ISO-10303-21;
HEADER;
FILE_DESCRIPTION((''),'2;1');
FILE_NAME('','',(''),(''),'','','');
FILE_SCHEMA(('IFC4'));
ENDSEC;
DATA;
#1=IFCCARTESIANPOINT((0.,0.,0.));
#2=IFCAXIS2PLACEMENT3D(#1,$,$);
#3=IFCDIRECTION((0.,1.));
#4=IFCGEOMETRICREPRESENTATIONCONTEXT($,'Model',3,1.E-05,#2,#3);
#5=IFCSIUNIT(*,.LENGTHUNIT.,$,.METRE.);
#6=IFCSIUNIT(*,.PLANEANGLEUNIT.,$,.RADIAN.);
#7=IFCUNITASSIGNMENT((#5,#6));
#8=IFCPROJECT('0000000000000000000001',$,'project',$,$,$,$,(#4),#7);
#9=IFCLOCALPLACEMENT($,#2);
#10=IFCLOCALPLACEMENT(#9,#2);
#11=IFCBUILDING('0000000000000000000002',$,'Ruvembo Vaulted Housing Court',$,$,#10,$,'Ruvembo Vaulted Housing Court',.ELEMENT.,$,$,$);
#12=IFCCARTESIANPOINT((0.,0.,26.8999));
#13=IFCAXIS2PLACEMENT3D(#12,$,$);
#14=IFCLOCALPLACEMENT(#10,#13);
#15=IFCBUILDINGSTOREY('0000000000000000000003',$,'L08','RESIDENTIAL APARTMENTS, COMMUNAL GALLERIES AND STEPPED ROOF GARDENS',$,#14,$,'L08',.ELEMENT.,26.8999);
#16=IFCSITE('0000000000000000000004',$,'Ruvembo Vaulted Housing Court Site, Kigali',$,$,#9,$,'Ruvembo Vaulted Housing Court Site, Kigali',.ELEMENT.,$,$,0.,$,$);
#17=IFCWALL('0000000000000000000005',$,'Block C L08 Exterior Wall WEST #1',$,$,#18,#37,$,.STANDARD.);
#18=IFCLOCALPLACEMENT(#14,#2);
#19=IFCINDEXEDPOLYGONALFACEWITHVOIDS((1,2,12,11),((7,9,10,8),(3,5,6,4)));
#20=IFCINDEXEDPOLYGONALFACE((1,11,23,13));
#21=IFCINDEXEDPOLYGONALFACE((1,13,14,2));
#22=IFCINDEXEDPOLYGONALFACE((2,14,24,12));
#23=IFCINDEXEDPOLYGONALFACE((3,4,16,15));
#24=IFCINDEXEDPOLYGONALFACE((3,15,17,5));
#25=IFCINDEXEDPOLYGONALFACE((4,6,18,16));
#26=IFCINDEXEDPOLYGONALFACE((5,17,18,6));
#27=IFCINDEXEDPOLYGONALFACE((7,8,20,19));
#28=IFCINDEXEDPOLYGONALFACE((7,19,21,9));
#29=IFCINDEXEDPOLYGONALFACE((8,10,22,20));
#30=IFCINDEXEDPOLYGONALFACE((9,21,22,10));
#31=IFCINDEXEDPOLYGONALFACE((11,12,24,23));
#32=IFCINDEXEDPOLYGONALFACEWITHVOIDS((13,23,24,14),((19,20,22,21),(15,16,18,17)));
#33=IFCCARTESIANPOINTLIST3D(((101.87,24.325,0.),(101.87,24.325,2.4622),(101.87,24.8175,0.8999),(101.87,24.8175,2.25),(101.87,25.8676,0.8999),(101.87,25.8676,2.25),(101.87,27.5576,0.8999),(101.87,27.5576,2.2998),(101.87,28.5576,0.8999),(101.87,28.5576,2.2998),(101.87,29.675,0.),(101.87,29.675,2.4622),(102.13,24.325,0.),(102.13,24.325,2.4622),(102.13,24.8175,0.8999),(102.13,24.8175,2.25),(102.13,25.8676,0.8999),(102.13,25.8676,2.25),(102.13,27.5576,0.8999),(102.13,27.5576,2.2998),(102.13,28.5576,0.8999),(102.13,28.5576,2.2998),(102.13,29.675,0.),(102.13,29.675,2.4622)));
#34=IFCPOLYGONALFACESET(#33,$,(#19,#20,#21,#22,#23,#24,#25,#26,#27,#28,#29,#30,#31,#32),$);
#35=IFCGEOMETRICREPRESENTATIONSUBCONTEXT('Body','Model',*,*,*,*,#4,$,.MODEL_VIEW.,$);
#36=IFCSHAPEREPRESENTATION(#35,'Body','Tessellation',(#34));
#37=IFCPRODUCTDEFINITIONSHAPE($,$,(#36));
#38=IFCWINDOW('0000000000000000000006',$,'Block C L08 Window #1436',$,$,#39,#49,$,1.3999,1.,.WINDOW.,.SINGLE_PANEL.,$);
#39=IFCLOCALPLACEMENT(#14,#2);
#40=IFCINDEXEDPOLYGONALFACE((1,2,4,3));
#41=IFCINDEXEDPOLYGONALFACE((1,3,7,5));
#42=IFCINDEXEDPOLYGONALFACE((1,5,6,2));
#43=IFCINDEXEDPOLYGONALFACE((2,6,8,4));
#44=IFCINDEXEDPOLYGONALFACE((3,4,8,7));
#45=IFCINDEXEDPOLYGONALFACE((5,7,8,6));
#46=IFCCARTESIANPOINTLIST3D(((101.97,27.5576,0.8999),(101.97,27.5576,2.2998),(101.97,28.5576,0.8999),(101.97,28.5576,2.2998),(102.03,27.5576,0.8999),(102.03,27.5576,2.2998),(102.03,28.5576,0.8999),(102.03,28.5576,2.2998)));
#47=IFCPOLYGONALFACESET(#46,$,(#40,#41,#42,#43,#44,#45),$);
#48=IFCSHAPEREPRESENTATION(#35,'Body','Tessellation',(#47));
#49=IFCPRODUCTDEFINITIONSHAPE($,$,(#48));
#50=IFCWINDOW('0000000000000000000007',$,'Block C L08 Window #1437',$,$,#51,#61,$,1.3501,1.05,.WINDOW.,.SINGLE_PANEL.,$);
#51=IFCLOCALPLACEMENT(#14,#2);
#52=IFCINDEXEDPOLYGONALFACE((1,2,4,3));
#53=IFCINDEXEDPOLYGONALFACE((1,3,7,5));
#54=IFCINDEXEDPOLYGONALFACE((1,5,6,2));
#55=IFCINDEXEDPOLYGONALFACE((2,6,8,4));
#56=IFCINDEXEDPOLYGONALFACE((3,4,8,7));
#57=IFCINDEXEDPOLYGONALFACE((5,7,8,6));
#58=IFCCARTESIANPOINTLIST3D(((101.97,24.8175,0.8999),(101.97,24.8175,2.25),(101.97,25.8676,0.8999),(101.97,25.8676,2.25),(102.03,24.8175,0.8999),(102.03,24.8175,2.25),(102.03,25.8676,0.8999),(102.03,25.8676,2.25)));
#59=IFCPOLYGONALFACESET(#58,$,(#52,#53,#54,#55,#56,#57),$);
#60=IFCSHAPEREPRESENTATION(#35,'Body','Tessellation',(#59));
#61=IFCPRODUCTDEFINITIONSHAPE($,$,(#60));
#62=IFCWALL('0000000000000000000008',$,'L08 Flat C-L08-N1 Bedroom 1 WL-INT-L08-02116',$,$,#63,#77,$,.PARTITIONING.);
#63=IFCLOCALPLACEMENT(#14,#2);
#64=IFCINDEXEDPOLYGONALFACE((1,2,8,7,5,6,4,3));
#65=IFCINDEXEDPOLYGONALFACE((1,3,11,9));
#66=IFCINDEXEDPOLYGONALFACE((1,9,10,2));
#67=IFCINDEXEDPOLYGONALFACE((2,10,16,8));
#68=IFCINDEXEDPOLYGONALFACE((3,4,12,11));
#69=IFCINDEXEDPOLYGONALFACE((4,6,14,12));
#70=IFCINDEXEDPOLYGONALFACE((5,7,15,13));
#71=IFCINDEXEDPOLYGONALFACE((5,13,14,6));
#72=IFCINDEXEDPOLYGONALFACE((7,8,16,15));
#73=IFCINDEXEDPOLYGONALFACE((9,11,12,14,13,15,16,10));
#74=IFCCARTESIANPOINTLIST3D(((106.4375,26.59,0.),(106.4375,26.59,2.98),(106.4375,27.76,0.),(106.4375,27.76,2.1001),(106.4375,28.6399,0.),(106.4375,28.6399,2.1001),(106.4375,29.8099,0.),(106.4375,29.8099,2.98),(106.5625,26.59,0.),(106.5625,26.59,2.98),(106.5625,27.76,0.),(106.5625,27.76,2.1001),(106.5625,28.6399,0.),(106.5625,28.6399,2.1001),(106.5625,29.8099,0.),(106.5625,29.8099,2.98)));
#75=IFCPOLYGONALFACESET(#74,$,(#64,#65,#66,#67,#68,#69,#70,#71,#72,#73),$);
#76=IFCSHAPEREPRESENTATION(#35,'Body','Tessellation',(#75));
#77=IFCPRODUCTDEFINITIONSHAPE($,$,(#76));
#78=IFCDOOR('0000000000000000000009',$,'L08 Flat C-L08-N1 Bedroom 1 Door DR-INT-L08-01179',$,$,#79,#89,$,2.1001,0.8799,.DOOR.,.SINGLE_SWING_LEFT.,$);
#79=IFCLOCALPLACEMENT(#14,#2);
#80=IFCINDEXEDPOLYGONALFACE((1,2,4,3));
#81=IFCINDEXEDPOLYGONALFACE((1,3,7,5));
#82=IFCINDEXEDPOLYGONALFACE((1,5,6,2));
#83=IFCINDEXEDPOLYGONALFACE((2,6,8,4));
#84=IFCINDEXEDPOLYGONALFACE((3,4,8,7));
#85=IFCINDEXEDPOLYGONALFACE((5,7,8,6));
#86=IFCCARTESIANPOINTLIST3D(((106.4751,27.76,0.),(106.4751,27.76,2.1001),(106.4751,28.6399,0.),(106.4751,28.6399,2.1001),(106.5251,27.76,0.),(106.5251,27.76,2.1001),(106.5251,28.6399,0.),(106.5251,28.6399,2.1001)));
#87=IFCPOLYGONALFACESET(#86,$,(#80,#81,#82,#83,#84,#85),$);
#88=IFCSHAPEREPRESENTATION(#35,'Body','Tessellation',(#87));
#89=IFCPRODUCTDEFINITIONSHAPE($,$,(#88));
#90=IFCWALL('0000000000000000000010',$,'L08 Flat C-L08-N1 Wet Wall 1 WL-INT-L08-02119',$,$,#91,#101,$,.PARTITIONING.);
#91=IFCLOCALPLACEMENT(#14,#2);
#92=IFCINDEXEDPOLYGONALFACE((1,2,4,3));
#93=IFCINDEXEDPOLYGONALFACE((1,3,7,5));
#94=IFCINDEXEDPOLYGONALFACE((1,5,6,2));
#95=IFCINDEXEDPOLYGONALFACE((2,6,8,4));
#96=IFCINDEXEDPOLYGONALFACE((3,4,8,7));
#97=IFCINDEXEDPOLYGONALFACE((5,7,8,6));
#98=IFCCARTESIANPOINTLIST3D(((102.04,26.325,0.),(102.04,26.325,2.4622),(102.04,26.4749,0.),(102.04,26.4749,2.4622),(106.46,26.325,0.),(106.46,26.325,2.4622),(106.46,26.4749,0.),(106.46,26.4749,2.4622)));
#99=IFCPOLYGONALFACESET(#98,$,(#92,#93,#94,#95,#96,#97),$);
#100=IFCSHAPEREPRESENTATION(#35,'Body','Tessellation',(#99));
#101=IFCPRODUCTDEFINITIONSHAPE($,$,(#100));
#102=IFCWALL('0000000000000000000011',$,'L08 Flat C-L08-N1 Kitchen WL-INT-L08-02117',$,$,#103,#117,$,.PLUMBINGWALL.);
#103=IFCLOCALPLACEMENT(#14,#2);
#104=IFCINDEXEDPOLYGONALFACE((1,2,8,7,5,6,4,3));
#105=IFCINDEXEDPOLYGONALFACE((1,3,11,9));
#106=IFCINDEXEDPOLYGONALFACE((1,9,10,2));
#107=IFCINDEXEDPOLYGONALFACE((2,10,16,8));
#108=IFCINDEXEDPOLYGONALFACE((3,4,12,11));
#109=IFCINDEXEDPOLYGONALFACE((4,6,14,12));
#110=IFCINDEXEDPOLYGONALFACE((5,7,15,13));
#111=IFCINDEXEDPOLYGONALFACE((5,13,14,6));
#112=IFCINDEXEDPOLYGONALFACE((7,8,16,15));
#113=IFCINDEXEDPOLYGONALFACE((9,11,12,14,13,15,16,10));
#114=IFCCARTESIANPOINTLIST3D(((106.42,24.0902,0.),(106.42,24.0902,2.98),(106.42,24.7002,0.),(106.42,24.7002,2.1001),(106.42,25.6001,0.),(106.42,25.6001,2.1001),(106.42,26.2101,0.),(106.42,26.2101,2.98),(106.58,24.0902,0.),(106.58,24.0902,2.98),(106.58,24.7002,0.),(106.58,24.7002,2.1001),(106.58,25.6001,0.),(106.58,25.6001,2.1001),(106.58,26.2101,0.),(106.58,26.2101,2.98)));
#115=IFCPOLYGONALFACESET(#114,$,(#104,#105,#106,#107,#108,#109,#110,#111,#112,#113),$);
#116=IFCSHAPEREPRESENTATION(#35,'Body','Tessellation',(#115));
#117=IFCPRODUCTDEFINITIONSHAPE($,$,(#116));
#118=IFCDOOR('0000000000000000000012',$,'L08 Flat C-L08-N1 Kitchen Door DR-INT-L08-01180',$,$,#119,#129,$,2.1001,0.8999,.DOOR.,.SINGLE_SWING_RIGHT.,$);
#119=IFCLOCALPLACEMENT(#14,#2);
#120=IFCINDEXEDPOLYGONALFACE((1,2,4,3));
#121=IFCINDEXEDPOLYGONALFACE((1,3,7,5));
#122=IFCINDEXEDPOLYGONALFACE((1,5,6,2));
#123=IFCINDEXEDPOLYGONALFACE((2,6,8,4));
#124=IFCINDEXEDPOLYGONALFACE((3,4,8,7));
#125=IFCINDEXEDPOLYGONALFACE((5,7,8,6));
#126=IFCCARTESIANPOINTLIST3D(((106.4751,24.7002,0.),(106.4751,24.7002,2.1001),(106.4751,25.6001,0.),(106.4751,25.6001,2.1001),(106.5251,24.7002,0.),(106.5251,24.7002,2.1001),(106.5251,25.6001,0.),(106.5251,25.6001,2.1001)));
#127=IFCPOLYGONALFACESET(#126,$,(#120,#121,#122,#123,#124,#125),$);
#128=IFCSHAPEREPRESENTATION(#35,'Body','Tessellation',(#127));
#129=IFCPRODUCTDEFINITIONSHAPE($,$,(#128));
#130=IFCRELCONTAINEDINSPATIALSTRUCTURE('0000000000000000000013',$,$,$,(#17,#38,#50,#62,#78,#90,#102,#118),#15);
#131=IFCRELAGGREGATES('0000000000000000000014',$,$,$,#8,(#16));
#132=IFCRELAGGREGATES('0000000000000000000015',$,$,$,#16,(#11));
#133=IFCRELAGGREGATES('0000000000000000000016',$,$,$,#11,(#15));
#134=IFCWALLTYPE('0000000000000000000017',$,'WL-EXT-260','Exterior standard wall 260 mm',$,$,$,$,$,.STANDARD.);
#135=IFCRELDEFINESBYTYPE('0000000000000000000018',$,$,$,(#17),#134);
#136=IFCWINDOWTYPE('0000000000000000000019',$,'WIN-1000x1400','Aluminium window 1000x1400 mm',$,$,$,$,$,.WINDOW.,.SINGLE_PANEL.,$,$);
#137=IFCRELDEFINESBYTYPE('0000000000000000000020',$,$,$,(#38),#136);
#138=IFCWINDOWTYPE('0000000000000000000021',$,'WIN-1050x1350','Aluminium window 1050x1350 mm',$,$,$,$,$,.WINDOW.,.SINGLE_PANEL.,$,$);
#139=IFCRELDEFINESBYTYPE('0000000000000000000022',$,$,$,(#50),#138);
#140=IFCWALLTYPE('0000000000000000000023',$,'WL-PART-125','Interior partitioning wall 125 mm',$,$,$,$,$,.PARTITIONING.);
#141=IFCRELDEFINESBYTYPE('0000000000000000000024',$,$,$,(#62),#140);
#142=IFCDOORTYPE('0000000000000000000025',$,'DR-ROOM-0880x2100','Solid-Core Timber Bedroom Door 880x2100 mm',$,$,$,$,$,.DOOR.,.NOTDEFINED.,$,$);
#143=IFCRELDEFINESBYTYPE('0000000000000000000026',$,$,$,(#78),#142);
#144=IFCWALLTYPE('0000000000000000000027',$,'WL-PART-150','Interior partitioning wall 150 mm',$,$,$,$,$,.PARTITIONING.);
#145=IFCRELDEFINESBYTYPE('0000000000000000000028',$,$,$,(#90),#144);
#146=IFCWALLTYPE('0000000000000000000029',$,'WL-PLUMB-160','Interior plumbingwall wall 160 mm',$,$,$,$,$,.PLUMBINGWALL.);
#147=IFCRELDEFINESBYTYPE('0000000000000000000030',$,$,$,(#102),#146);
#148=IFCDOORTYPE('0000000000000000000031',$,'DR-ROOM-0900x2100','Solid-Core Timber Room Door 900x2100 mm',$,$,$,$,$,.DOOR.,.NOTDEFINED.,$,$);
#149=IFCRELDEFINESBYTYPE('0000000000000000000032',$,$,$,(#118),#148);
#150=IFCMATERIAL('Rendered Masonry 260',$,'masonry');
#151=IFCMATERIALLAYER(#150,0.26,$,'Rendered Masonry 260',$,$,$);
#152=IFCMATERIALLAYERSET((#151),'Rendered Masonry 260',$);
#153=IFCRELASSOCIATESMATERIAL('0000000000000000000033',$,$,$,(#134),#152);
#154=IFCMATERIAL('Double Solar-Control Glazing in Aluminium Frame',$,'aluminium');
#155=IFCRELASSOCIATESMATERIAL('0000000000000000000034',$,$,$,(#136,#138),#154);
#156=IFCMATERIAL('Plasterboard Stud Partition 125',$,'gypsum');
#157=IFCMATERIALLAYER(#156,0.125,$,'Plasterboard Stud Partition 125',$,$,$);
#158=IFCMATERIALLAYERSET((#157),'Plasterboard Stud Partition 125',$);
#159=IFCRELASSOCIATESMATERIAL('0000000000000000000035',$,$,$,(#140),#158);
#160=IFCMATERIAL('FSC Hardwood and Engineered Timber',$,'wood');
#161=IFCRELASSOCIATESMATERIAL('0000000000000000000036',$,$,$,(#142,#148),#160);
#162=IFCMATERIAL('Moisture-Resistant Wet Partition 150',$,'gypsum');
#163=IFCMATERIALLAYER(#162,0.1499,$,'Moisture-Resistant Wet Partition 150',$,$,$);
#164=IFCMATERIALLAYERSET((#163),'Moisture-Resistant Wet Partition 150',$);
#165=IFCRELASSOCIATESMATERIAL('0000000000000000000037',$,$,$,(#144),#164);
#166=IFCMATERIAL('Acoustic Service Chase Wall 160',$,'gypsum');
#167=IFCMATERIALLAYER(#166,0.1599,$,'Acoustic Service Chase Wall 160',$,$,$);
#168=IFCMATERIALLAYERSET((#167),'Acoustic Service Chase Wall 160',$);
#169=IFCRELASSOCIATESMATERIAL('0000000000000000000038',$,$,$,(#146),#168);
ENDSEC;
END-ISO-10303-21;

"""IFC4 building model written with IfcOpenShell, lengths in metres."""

from ifc_helpers import new_model, si_unit, direction, frame, frame_2d, origin, place, context, subcontext, project, spatial, rectangle, extrude, material, layer, layer_set, type_object, element, fill, save


model = new_model("IFC4")

# Units and contexts
model_context = context("Model", 3, precision=1e-05, world=origin(), true_north=direction((0.0, 1.0)))
body_context = subcontext(model_context, "Body", "Model", "MODEL_VIEW")
ifc_project = project(units=[si_unit("LENGTHUNIT", "METRE"), si_unit("PLANEANGLEUNIT", "RADIAN")], contexts=[model_context])

# Site, building, storey
site_placement = place(None, origin())
site = spatial("IfcSite", under=ifc_project, at=site_placement, Name="Ruvembo Vaulted Housing Court Site, Kigali", LongName="Ruvembo Vaulted Housing Court Site, Kigali", CompositionType="ELEMENT", RefElevation=0.0)
building_placement = place(site_placement, origin())
building = spatial("IfcBuilding", under=site, at=building_placement, Name="Ruvembo Vaulted Housing Court", LongName="Ruvembo Vaulted Housing Court", CompositionType="ELEMENT")
storey_placement = place(building_placement, frame((0.0, 0.0, 26.8999)))
storey = spatial("IfcBuildingStorey", under=building, at=storey_placement, Name="L08", Description="RESIDENTIAL APARTMENTS, COMMUNAL GALLERIES AND STEPPED ROOF GARDENS", LongName="L08", CompositionType="ELEMENT", Elevation=26.8999)

# Wall, openings, windows
ifc_material_1 = material(Name="Rendered Masonry 260", Category="masonry")
ifc_layer_1 = layer(ifc_material_1, 0.26, Name="Rendered Masonry 260")
ifc_layer_set_1 = layer_set([ifc_layer_1], Name="Rendered Masonry 260")
wall_type_1 = type_object("IfcWallType", Name="WL-EXT-260", Description="Exterior standard wall 260 mm", PredefinedType="STANDARD", material=ifc_layer_set_1)
ifc_material_2 = material(Name="Double Solar-Control Glazing in Aluminium Frame", Category="aluminium")
wall_1_placement = place(storey_placement, frame((102.0, 29.675, 0.0), z_axis=(0.0, 0.0, 1.0), x_axis=(0.0, -1.0, 0.0)))
wall_1 = element("IfcWall", 1, at=wall_1_placement, inside=storey, type_object=wall_type_1, Name="Block C L08 Exterior Wall WEST #1", PredefinedType="STANDARD", context=body_context, shape_type="SweptSolid", body=[
    extrude(rectangle(XDim=5.3501, YDim=0.26, at=frame_2d((2.675, 0.0))), origin(), (0.0, 0.0, 1.0), 2.4622),
])
opening_1_placement = place(wall_1_placement, frame((1.1174, 0.0, 0.8999)))
opening_1 = element("IfcOpeningElement", 2, at=opening_1_placement, cuts=wall_1, PredefinedType="OPENING", context=body_context, shape_type="SweptSolid", body=[
    extrude(rectangle(XDim=1.0, YDim=1.3999, at=frame_2d((0.5, 0.7))), frame((0.0, 0.1399, 0.0), z_axis=(0.0, -1.0, 0.0), x_axis=(1.0, 0.0, 0.0)), (0.0, 0.0, 1.0), 0.28),
])
opening_2_placement = place(wall_1_placement, frame((3.8076, 0.0, 0.8999)))
opening_2 = element("IfcOpeningElement", 3, at=opening_2_placement, cuts=wall_1, PredefinedType="OPENING", context=body_context, shape_type="SweptSolid", body=[
    extrude(rectangle(XDim=1.05, YDim=1.3501, at=frame_2d((0.5249, 0.675))), frame((0.0, 0.1399, 0.0), z_axis=(0.0, -1.0, 0.0), x_axis=(1.0, 0.0, 0.0)), (0.0, 0.0, 1.0), 0.28),
])
window_type_1 = type_object("IfcWindowType", Name="WIN-1000x1400", Description="Aluminium window 1000x1400 mm", PartitioningType="SINGLE_PANEL", PredefinedType="WINDOW", material=ifc_material_2)
window_1_placement = place(opening_1_placement, origin())
window_1 = element("IfcWindow", 4, at=window_1_placement, inside=storey, type_object=window_type_1, Name="Block C L08 Window #1436", OverallHeight=1.3999, OverallWidth=1.0, PartitioningType="SINGLE_PANEL", PredefinedType="WINDOW", context=body_context, shape_type="SweptSolid", body=[
    extrude(rectangle(XDim=1.0, YDim=1.3999, at=frame_2d((0.5, 0.7))), frame((0.0, 0.03, 0.0), z_axis=(0.0, -1.0, 0.0), x_axis=(1.0, 0.0, 0.0)), (0.0, 0.0, 1.0), 0.0601),
])
fill(opening_1, window_1)
window_type_2 = type_object("IfcWindowType", Name="WIN-1050x1350", Description="Aluminium window 1050x1350 mm", PartitioningType="SINGLE_PANEL", PredefinedType="WINDOW", material=ifc_material_2)
window_2_placement = place(opening_2_placement, origin())
window_2 = element("IfcWindow", 5, at=window_2_placement, inside=storey, type_object=window_type_2, Name="Block C L08 Window #1437", OverallHeight=1.3501, OverallWidth=1.05, PartitioningType="SINGLE_PANEL", PredefinedType="WINDOW", context=body_context, shape_type="SweptSolid", body=[
    extrude(rectangle(XDim=1.05, YDim=1.3501, at=frame_2d((0.5249, 0.675))), frame((0.0, 0.03, 0.0), z_axis=(0.0, -1.0, 0.0), x_axis=(1.0, 0.0, 0.0)), (0.0, 0.0, 1.0), 0.0601),
])
fill(opening_2, window_2)

# Wall, opening, door
ifc_material_3 = material(Name="Plasterboard Stud Partition 125", Category="gypsum")
ifc_layer_2 = layer(ifc_material_3, 0.125, Name="Plasterboard Stud Partition 125")
ifc_layer_set_2 = layer_set([ifc_layer_2], Name="Plasterboard Stud Partition 125")
wall_type_2 = type_object("IfcWallType", Name="WL-PART-125", Description="Interior partitioning wall 125 mm", PredefinedType="PARTITIONING", material=ifc_layer_set_2)
wall_2_placement = place(storey_placement, frame((106.5, 26.5901, 0.0), z_axis=(0.0, 0.0, 1.0), x_axis=(0.0, 1.0, 0.0)))
wall_2 = element("IfcWall", 6, at=wall_2_placement, inside=storey, type_object=wall_type_2, Name="L08 Flat C-L08-N1 Bedroom 1 WL-INT-L08-02116", PredefinedType="PARTITIONING", context=body_context, shape_type="SweptSolid", body=[
    extrude(rectangle(XDim=3.22, YDim=0.125, at=frame_2d((1.6099, 0.0))), origin(), (0.0, 0.0, 1.0), 2.98),
])
opening_3_placement = place(wall_2_placement, frame((1.1699, 0.0, 0.0)))
opening_3 = element("IfcOpeningElement", 7, at=opening_3_placement, cuts=wall_2, PredefinedType="OPENING", context=body_context, shape_type="SweptSolid", body=[
    extrude(rectangle(XDim=0.8799, YDim=2.1001, at=frame_2d((0.4399, 1.05))), frame((0.0, 0.0725, 0.0), z_axis=(0.0, -1.0, 0.0), x_axis=(1.0, 0.0, 0.0)), (0.0, 0.0, 1.0), 0.145),
])
ifc_material_4 = material(Name="FSC Hardwood and Engineered Timber", Category="wood")
door_type_1 = type_object("IfcDoorType", Name="DR-ROOM-0880x2100", Description="Solid-Core Timber Bedroom Door 880x2100 mm", OperationType="NOTDEFINED", PredefinedType="DOOR", material=ifc_material_4)
door_1_placement = place(opening_3_placement, origin())
door_1 = element("IfcDoor", 8, at=door_1_placement, inside=storey, type_object=door_type_1, Name="L08 Flat C-L08-N1 Bedroom 1 Door DR-INT-L08-01179", OperationType="SINGLE_SWING_LEFT", OverallHeight=2.1001, OverallWidth=0.8799, PredefinedType="DOOR", context=body_context, shape_type="SweptSolid", body=[
    extrude(rectangle(XDim=0.8799, YDim=2.1001, at=frame_2d((0.4399, 1.05))), frame((0.0, 0.0249, 0.0), z_axis=(0.0, -1.0, 0.0), x_axis=(1.0, 0.0, 0.0)), (0.0, 0.0, 1.0), 0.05),
])
fill(opening_3, door_1)

# Wall
ifc_material_5 = material(Name="Moisture-Resistant Wet Partition 150", Category="gypsum")
ifc_layer_3 = layer(ifc_material_5, 0.1499, Name="Moisture-Resistant Wet Partition 150")
ifc_layer_set_3 = layer_set([ifc_layer_3], Name="Moisture-Resistant Wet Partition 150")
wall_type_3 = type_object("IfcWallType", Name="WL-PART-150", Description="Interior partitioning wall 150 mm", PredefinedType="PARTITIONING", material=ifc_layer_set_3)
wall_3_placement = place(storey_placement, frame((102.04, 26.3999, 0.0), z_axis=(0.0, 0.0, 1.0), x_axis=(1.0, 0.0, 0.0)))
element("IfcWall", 9, at=wall_3_placement, inside=storey, type_object=wall_type_3, Name="L08 Flat C-L08-N1 Wet Wall 1 WL-INT-L08-02119", PredefinedType="PARTITIONING", context=body_context, shape_type="SweptSolid", body=[
    extrude(rectangle(XDim=4.4199, YDim=0.1499, at=frame_2d((2.21, 0.0))), origin(), (0.0, 0.0, 1.0), 2.4622),
])

# Wall, opening, door
ifc_material_6 = material(Name="Acoustic Service Chase Wall 160", Category="gypsum")
ifc_layer_4 = layer(ifc_material_6, 0.1599, Name="Acoustic Service Chase Wall 160")
ifc_layer_set_4 = layer_set([ifc_layer_4], Name="Acoustic Service Chase Wall 160")
wall_type_4 = type_object("IfcWallType", Name="WL-PLUMB-160", Description="Interior plumbingwall wall 160 mm", PredefinedType="PLUMBINGWALL", material=ifc_layer_set_4)
wall_4_placement = place(storey_placement, frame((106.5, 24.0901, 0.0), z_axis=(0.0, 0.0, 1.0), x_axis=(0.0, 1.0, 0.0)))
wall_4 = element("IfcWall", 10, at=wall_4_placement, inside=storey, type_object=wall_type_4, Name="L08 Flat C-L08-N1 Kitchen WL-INT-L08-02117", PredefinedType="PLUMBINGWALL", context=body_context, shape_type="SweptSolid", body=[
    extrude(rectangle(XDim=2.1199, YDim=0.1599, at=frame_2d((1.0601, 0.0))), origin(), (0.0, 0.0, 1.0), 2.98),
])
opening_4_placement = place(wall_4_placement, frame((0.6101, 0.0, 0.0)))
opening_4 = element("IfcOpeningElement", 11, at=opening_4_placement, cuts=wall_4, PredefinedType="OPENING", context=body_context, shape_type="SweptSolid", body=[
    extrude(rectangle(XDim=0.8999, YDim=2.1001, at=frame_2d((0.45, 1.05))), frame((0.0, 0.0898, 0.0), z_axis=(0.0, -1.0, 0.0), x_axis=(1.0, 0.0, 0.0)), (0.0, 0.0, 1.0), 0.1799),
])
door_type_2 = type_object("IfcDoorType", Name="DR-ROOM-0900x2100", Description="Solid-Core Timber Room Door 900x2100 mm", OperationType="NOTDEFINED", PredefinedType="DOOR", material=ifc_material_4)
door_2_placement = place(opening_4_placement, origin())
door_2 = element("IfcDoor", 12, at=door_2_placement, inside=storey, type_object=door_type_2, Name="L08 Flat C-L08-N1 Kitchen Door DR-INT-L08-01180", OperationType="SINGLE_SWING_RIGHT", OverallHeight=2.1001, OverallWidth=0.8999, PredefinedType="DOOR", context=body_context, shape_type="SweptSolid", body=[
    extrude(rectangle(XDim=0.8999, YDim=2.1001, at=frame_2d((0.45, 1.05))), frame((0.0, 0.0249, 0.0), z_axis=(0.0, -1.0, 0.0), x_axis=(1.0, 0.0, 0.0)), (0.0, 0.0, 1.0), 0.05),
])
fill(opening_4, door_2)

save(model, "model.ifc")
